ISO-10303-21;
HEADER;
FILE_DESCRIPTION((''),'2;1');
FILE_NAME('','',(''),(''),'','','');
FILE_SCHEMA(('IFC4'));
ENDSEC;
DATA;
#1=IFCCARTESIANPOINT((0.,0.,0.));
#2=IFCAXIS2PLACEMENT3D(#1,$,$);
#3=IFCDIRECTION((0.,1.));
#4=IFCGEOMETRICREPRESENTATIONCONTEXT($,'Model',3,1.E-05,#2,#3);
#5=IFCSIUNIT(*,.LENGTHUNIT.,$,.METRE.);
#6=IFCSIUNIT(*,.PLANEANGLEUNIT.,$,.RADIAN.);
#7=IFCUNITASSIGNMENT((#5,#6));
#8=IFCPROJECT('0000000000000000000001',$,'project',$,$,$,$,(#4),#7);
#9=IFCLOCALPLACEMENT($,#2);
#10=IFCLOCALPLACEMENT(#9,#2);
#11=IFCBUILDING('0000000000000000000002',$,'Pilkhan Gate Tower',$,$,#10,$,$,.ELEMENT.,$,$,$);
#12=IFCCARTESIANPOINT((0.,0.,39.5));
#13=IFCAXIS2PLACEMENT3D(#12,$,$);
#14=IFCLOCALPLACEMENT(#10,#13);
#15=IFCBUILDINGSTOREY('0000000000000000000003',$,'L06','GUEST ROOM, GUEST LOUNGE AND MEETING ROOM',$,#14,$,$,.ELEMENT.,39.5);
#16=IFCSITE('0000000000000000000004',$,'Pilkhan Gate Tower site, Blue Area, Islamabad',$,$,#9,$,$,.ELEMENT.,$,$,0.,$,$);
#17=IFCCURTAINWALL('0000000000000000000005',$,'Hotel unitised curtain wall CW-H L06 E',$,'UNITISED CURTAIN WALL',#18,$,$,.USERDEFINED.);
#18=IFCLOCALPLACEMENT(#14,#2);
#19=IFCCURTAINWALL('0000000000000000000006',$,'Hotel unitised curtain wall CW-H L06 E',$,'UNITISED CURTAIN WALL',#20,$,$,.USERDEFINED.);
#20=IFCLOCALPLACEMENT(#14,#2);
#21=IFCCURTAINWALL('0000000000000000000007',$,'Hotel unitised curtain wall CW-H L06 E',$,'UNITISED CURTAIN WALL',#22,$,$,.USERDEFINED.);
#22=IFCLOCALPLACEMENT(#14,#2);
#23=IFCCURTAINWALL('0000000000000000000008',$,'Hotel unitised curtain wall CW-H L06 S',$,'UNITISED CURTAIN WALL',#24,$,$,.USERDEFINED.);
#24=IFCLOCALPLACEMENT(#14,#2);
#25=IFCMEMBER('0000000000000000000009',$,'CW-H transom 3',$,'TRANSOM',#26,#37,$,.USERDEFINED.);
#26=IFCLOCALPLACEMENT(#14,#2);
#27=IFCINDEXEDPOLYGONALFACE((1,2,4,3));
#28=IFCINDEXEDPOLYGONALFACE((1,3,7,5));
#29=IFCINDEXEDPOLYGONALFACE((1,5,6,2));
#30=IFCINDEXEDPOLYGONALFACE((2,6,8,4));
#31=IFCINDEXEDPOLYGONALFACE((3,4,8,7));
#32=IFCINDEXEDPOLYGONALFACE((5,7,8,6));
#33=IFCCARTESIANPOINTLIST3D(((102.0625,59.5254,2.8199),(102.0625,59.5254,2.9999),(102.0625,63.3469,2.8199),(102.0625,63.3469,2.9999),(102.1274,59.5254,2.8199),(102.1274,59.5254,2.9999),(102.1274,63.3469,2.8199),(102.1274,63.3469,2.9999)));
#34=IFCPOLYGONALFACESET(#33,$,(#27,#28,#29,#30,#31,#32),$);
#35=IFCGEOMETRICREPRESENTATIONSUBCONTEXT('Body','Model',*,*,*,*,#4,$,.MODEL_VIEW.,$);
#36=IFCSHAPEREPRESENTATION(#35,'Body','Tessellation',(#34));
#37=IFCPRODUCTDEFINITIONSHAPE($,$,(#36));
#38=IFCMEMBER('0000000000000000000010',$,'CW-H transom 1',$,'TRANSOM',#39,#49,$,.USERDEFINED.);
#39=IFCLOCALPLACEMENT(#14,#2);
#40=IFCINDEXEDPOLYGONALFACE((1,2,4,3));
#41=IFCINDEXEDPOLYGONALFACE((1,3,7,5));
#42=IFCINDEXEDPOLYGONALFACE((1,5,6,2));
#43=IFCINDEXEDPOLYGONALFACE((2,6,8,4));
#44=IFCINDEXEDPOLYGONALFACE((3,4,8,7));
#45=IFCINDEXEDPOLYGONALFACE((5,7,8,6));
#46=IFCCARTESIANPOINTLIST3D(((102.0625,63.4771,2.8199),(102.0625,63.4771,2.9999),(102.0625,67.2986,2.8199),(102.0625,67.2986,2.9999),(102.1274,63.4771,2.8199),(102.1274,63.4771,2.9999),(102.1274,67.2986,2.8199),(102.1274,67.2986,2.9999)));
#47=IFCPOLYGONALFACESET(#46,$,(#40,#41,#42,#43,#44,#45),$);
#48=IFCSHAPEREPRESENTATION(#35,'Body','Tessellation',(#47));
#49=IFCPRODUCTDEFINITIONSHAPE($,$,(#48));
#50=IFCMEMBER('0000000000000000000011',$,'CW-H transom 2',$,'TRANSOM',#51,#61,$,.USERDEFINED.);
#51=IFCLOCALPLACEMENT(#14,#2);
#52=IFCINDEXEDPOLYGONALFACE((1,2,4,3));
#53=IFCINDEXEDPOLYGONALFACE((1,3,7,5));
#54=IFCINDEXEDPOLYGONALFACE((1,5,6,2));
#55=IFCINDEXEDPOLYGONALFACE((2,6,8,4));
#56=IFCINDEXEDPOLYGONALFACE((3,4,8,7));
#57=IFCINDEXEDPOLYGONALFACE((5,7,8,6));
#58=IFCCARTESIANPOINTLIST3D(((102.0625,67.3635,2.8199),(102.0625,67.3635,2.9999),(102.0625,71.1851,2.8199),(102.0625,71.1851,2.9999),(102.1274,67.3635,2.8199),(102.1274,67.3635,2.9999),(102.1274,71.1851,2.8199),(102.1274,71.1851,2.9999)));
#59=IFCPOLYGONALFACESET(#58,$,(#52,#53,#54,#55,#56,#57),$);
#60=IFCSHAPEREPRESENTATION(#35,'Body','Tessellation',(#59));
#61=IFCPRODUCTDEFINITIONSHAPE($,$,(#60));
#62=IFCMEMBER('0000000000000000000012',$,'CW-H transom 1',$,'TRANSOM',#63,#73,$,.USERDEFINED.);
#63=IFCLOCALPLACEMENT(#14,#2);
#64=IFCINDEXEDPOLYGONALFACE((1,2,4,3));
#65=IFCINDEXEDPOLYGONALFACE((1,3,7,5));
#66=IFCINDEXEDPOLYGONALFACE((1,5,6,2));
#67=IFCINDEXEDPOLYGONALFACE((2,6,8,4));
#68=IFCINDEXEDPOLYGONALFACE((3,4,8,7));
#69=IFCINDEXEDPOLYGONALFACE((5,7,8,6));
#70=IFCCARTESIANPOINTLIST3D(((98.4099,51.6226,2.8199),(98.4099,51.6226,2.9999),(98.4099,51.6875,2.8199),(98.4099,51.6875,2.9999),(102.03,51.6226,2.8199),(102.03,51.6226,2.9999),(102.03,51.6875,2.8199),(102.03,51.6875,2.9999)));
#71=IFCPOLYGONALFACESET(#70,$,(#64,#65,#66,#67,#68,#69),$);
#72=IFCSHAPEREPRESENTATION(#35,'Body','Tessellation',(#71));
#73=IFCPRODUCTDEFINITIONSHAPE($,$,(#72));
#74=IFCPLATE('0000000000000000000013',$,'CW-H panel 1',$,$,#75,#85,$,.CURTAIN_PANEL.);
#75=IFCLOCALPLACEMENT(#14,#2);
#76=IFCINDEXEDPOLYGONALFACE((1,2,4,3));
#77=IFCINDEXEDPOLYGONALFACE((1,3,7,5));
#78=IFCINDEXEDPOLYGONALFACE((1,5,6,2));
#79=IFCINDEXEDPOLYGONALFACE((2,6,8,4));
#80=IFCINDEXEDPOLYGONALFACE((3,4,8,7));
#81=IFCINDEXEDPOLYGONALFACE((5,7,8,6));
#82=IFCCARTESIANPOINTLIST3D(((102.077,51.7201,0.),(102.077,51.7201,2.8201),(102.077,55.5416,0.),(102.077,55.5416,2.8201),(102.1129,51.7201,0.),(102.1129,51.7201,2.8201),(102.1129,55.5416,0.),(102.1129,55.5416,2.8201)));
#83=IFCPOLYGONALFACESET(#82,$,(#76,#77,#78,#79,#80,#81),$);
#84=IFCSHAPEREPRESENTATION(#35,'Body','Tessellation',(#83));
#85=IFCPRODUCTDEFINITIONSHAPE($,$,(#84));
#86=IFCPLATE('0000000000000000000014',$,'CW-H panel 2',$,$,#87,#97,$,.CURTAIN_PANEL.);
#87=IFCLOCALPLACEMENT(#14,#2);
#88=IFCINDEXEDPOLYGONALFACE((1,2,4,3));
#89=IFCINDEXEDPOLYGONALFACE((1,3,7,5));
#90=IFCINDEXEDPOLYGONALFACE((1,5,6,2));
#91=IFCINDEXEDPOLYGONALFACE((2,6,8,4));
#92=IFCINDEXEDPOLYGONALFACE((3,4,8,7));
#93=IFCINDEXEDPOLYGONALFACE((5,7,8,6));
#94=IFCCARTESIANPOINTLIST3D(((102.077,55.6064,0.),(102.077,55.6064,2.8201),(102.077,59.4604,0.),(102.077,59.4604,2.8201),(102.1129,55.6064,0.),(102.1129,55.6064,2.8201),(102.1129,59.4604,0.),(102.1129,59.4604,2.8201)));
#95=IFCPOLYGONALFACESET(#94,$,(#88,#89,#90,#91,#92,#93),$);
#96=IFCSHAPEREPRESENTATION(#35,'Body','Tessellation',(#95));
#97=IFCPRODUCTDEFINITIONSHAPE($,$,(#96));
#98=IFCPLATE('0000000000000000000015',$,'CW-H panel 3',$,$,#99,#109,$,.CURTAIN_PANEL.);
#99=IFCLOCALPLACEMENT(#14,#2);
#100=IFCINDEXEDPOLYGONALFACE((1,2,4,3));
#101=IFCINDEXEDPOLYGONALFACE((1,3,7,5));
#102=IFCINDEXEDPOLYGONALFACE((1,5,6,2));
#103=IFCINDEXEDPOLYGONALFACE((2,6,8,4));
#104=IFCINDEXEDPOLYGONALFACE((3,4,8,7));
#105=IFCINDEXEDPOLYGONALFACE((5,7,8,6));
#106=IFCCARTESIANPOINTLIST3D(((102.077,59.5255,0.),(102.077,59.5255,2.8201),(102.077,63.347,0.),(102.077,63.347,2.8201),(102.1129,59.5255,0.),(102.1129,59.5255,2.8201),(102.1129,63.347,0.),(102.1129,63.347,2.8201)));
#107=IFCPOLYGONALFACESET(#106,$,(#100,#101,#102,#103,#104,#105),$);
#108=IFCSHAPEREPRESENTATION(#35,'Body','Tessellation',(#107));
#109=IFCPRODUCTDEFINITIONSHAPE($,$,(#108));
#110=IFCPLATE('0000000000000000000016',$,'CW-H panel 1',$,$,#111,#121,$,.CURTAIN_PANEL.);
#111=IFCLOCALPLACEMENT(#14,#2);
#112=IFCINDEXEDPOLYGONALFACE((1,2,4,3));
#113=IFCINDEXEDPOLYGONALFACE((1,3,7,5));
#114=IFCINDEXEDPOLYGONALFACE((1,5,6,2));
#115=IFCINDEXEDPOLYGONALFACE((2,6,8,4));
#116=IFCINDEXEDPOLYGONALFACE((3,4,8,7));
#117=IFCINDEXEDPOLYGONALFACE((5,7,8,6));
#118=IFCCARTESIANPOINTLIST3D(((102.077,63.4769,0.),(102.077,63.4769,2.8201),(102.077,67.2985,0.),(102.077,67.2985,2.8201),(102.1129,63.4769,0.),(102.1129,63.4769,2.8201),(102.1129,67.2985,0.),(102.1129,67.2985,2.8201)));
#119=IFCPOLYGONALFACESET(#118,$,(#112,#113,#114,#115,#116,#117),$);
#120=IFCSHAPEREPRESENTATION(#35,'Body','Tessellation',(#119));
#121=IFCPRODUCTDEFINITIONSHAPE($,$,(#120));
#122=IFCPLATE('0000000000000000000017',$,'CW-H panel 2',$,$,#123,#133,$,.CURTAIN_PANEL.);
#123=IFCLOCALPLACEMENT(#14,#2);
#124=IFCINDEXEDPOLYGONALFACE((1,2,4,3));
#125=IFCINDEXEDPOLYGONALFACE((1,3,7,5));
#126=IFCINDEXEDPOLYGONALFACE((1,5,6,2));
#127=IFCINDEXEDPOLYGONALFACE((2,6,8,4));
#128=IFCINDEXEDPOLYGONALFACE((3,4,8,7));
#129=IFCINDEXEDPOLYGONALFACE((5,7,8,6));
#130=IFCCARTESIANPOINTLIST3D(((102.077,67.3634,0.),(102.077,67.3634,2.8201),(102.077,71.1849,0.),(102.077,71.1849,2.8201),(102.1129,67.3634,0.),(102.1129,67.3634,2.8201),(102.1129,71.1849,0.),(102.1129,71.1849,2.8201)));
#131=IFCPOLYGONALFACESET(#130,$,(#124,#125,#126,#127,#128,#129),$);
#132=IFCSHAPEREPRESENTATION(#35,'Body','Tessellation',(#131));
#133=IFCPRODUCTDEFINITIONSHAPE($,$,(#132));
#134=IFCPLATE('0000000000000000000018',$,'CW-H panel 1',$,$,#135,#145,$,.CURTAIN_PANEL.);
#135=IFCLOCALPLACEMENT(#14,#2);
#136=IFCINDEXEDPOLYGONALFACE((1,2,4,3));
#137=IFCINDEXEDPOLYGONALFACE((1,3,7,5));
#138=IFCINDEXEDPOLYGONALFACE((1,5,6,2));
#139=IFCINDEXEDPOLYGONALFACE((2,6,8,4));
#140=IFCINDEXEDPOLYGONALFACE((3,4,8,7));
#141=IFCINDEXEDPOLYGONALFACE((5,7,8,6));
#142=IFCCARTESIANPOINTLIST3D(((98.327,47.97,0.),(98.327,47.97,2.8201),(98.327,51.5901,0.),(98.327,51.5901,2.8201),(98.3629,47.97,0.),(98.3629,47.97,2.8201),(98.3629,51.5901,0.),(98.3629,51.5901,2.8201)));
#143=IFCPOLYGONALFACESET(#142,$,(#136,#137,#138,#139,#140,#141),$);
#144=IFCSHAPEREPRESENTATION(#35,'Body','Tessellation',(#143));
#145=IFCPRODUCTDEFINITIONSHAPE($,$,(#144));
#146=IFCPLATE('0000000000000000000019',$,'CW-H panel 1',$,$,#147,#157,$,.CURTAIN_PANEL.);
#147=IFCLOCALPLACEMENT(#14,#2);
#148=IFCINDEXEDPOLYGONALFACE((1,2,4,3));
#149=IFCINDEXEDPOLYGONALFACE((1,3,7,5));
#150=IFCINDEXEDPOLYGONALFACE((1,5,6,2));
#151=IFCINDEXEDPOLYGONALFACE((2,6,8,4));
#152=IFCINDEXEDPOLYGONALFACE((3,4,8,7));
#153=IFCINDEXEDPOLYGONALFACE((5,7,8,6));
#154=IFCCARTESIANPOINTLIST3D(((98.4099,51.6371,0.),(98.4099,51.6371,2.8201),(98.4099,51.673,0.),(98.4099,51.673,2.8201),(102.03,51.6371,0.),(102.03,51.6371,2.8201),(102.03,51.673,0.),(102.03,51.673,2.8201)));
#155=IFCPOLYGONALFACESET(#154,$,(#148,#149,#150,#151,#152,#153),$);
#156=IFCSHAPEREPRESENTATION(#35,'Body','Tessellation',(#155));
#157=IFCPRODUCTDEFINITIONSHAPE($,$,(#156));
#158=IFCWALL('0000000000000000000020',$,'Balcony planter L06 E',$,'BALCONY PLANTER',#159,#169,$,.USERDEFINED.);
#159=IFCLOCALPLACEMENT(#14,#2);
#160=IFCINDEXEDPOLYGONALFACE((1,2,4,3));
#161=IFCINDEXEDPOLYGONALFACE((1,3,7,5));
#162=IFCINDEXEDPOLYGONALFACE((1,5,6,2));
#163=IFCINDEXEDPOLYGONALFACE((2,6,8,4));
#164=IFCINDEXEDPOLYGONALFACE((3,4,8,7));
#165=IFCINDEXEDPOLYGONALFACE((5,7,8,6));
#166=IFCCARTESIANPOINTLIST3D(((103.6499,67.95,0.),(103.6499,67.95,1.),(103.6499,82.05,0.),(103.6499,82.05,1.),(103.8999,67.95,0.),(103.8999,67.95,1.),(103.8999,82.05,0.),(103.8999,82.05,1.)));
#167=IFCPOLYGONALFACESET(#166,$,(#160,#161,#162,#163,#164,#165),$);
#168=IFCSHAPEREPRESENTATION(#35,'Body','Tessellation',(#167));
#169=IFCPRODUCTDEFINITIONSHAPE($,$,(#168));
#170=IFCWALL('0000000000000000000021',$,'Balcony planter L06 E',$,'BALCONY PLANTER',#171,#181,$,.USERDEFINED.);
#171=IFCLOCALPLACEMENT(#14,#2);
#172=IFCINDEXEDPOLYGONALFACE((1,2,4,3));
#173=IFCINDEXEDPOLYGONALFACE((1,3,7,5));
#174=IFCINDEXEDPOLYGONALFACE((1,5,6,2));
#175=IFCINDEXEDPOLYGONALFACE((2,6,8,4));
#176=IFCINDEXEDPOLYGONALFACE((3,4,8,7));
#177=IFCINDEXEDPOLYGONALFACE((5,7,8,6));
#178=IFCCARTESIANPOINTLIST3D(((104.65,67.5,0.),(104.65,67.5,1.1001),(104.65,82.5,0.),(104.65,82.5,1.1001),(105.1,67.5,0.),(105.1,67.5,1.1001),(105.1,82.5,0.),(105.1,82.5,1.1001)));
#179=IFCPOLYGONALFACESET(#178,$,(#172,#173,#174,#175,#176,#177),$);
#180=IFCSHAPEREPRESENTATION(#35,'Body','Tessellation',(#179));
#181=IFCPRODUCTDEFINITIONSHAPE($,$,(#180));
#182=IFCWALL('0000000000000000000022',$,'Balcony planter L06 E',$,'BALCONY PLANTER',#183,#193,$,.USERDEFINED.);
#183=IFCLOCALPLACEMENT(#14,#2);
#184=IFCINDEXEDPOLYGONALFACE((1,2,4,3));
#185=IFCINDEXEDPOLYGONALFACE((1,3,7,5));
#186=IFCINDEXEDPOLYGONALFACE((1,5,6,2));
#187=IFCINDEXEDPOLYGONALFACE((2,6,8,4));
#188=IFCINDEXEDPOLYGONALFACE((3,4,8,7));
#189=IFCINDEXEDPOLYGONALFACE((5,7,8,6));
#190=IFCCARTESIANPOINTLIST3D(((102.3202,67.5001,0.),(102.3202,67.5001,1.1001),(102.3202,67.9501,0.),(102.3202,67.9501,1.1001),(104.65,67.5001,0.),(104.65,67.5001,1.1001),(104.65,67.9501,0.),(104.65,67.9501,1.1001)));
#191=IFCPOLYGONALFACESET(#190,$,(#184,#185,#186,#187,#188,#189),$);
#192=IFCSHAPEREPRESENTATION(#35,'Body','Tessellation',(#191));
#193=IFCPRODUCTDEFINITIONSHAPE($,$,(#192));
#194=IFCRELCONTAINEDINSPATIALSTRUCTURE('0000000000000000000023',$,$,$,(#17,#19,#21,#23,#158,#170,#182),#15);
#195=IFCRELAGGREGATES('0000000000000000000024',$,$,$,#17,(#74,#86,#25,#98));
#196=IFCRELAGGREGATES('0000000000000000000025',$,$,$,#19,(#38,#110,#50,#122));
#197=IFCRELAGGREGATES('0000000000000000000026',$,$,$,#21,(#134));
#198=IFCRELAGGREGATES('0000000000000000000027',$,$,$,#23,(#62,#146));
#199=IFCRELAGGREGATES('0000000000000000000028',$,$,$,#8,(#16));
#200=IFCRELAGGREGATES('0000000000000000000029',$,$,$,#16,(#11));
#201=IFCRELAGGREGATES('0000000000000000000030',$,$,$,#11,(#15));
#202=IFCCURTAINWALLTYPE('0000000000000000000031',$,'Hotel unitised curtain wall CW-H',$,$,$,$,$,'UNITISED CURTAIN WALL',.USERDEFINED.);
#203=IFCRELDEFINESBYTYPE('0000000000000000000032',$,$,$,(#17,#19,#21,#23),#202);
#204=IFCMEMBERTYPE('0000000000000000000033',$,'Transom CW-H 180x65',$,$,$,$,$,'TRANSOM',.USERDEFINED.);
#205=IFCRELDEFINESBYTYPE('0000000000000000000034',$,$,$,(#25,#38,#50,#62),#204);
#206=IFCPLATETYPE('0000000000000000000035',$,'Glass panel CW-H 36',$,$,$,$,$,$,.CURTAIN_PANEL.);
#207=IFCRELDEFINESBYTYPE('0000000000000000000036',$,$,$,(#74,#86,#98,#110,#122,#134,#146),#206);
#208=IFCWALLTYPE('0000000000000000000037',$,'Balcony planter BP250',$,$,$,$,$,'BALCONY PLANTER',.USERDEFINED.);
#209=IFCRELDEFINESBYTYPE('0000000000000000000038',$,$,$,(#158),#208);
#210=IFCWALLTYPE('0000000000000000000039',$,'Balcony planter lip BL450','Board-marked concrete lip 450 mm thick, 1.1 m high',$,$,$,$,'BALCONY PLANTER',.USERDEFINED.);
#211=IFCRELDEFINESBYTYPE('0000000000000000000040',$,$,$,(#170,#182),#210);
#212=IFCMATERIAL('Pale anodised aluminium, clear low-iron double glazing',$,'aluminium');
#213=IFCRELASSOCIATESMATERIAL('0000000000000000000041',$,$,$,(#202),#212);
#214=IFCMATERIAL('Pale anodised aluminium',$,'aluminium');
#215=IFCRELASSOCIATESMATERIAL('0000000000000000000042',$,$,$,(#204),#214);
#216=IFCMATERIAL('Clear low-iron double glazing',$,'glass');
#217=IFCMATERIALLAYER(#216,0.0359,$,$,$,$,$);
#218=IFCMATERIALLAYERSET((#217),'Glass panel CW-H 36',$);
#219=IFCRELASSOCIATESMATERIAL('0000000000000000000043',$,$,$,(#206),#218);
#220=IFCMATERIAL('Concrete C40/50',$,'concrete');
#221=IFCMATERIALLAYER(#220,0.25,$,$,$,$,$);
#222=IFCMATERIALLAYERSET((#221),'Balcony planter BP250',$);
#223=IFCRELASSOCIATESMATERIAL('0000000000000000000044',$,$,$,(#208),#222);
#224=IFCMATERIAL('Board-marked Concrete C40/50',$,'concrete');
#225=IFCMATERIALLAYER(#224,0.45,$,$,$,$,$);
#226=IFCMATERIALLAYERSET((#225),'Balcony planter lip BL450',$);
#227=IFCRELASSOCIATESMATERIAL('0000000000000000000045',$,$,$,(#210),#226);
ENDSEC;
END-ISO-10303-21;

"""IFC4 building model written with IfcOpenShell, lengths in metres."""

from ifc_helpers import new_model, si_unit, direction, frame, frame_2d, origin, origin_2d, place, context, subcontext, project, spatial, rectangle, extrude, material, layer, layer_set, material_profile, profile_set, type_object, element, aggregate, save


model = new_model("IFC4")

# Units and contexts
model_context = context("Model", 3, precision=1e-05, world=origin(), true_north=direction((0.0, 1.0)))
body_context = subcontext(model_context, "Body", "Model", "MODEL_VIEW")
ifc_project = project(units=[si_unit("LENGTHUNIT", "METRE"), si_unit("PLANEANGLEUNIT", "RADIAN")], contexts=[model_context])

# Site, building, storey
site_placement = place(None, origin())
site = spatial("IfcSite", under=ifc_project, at=site_placement, Name="Pilkhan Gate Tower site, Blue Area, Islamabad", CompositionType="ELEMENT", RefElevation=0.0)
building_placement = place(site_placement, origin())
building = spatial("IfcBuilding", under=site, at=building_placement, Name="Pilkhan Gate Tower", CompositionType="ELEMENT")
storey_placement = place(building_placement, frame((0.0, 0.0, 39.5)))
storey = spatial("IfcBuildingStorey", under=building, at=storey_placement, Name="L06", Description="GUEST ROOM, GUEST LOUNGE AND MEETING ROOM", CompositionType="ELEMENT", Elevation=39.5)

# Curtain walls
ifc_material_1 = material(Name="Pale anodised aluminium, clear low-iron double glazing", Category="aluminium")
curtain_wall_type = type_object("IfcCurtainWallType", Name="Hotel unitised curtain wall CW-H", ElementType="UNITISED CURTAIN WALL", PredefinedType="USERDEFINED", material=ifc_material_1)
curtain_wall_1_placement = place(storey_placement, origin())
curtain_wall_1 = element("IfcCurtainWall", 1, at=curtain_wall_1_placement, inside=storey, type_object=curtain_wall_type, Name="Hotel unitised curtain wall CW-H L06 E", ObjectType="UNITISED CURTAIN WALL", PredefinedType="USERDEFINED")
ifc_material_2 = material(Name="Pale anodised aluminium", Category="aluminium")
curtain_wall_2_placement = place(storey_placement, origin())
curtain_wall_2 = element("IfcCurtainWall", 2, at=curtain_wall_2_placement, inside=storey, type_object=curtain_wall_type, Name="Hotel unitised curtain wall CW-H L06 E", ObjectType="UNITISED CURTAIN WALL", PredefinedType="USERDEFINED")

# Curtain wall
curtain_wall_3_placement = place(storey_placement, origin())
curtain_wall_3 = element("IfcCurtainWall", 3, at=curtain_wall_3_placement, inside=storey, type_object=curtain_wall_type, Name="Hotel unitised curtain wall CW-H L06 E", ObjectType="UNITISED CURTAIN WALL", PredefinedType="USERDEFINED")

# Curtain wall
curtain_wall_4_placement = place(storey_placement, origin())
curtain_wall_4 = element("IfcCurtainWall", 4, at=curtain_wall_4_placement, inside=storey, type_object=curtain_wall_type, Name="Hotel unitised curtain wall CW-H L06 S", ObjectType="UNITISED CURTAIN WALL", PredefinedType="USERDEFINED")

# Members
ifc_material_profile_1 = material_profile(ifc_material_2, rectangle(XDim=0.0649, YDim=0.1799, at=origin_2d()), Name="Transom 180x65")
ifc_profile_set_1 = profile_set([ifc_material_profile_1], Name="Pale anodised aluminium")
member_type_1 = type_object("IfcMemberType", Name="Transom CW-H 180x65", ElementType="TRANSOM", PredefinedType="USERDEFINED", material=ifc_profile_set_1)
member_1_placement = place(storey_placement, frame((102.095, 59.5254, 2.9099), z_axis=(0.0, 1.0, 0.0), x_axis=(-1.0, 0.0, 0.0)))
member_1 = element("IfcMember", 5, at=member_1_placement, type_object=member_type_1, Name="CW-H transom 3", ObjectType="TRANSOM", PredefinedType="USERDEFINED", context=body_context, shape_type="SweptSolid", body=[
    extrude(rectangle(XDim=0.0649, YDim=0.1799, at=origin_2d()), origin(), (0.0, 0.0, 1.0), 3.8215),
])
member_2_placement = place(storey_placement, frame((102.095, 63.4771, 2.9099), z_axis=(0.0, 1.0, 0.0), x_axis=(-1.0, 0.0, 0.0)))
member_2 = element("IfcMember", 6, at=member_2_placement, type_object=member_type_1, Name="CW-H transom 1", ObjectType="TRANSOM", PredefinedType="USERDEFINED", context=body_context, shape_type="SweptSolid", body=[
    extrude(rectangle(XDim=0.0649, YDim=0.1799, at=origin_2d()), origin(), (0.0, 0.0, 1.0), 3.8215),
])
member_3_placement = place(storey_placement, frame((102.095, 67.3635, 2.9099), z_axis=(0.0, 1.0, 0.0), x_axis=(-1.0, 0.0, 0.0)))
member_3 = element("IfcMember", 7, at=member_3_placement, type_object=member_type_1, Name="CW-H transom 2", ObjectType="TRANSOM", PredefinedType="USERDEFINED", context=body_context, shape_type="SweptSolid", body=[
    extrude(rectangle(XDim=0.0649, YDim=0.1799, at=origin_2d()), origin(), (0.0, 0.0, 1.0), 3.8215),
])
member_4_placement = place(storey_placement, frame((98.4099, 51.655, 2.9099), z_axis=(1.0, 0.0, 0.0), x_axis=(0.0, 1.0, 0.0)))
member_4 = element("IfcMember", 8, at=member_4_placement, type_object=member_type_1, Name="CW-H transom 1", ObjectType="TRANSOM", PredefinedType="USERDEFINED", context=body_context, shape_type="SweptSolid", body=[
    extrude(rectangle(XDim=0.0649, YDim=0.1799, at=origin_2d()), origin(), (0.0, 0.0, 1.0), 3.6201),
])

# Plates
ifc_material_3 = material(Name="Clear low-iron double glazing", Category="glass")
ifc_layer_1 = layer(ifc_material_3, 0.0359)
ifc_layer_set_1 = layer_set([ifc_layer_1], Name="Glass panel CW-H 36")
plate_type = type_object("IfcPlateType", Name="Glass panel CW-H 36", PredefinedType="CURTAIN_PANEL", material=ifc_layer_set_1)
plate_1_placement = place(storey_placement, frame((102.095, 53.6309, 0.0), z_axis=(0.0, 0.0, 1.0), x_axis=(0.0, 1.0, 0.0)))
plate_1 = element("IfcPlate", 9, at=plate_1_placement, type_object=plate_type, Name="CW-H panel 1", PredefinedType="CURTAIN_PANEL", context=body_context, shape_type="SweptSolid", body=[
    extrude(rectangle(XDim=3.8215, YDim=0.0359, at=origin_2d()), origin(), (0.0, 0.0, 1.0), 2.8201),
])
plate_2_placement = place(storey_placement, frame((102.095, 57.5334, 0.0), z_axis=(0.0, 0.0, 1.0), x_axis=(0.0, 1.0, 0.0)))
plate_2 = element("IfcPlate", 10, at=plate_2_placement, type_object=plate_type, Name="CW-H panel 2", PredefinedType="CURTAIN_PANEL", context=body_context, shape_type="SweptSolid", body=[
    extrude(rectangle(XDim=3.854, YDim=0.0359, at=origin_2d()), origin(), (0.0, 0.0, 1.0), 2.8201),
])
plate_3_placement = place(storey_placement, frame((102.095, 61.4363, 0.0), z_axis=(0.0, 0.0, 1.0), x_axis=(0.0, 1.0, 0.0)))
plate_3 = element("IfcPlate", 11, at=plate_3_placement, type_object=plate_type, Name="CW-H panel 3", PredefinedType="CURTAIN_PANEL", context=body_context, shape_type="SweptSolid", body=[
    extrude(rectangle(XDim=3.8215, YDim=0.0359, at=origin_2d()), origin(), (0.0, 0.0, 1.0), 2.8201),
])
aggregate(curtain_wall_1, [plate_1, plate_2, member_1, plate_3])
plate_4_placement = place(storey_placement, frame((102.095, 65.3877, 0.0), z_axis=(0.0, 0.0, 1.0), x_axis=(0.0, 1.0, 0.0)))
plate_4 = element("IfcPlate", 12, at=plate_4_placement, type_object=plate_type, Name="CW-H panel 1", PredefinedType="CURTAIN_PANEL", context=body_context, shape_type="SweptSolid", body=[
    extrude(rectangle(XDim=3.8215, YDim=0.0359, at=origin_2d()), origin(), (0.0, 0.0, 1.0), 2.8201),
])
plate_5_placement = place(storey_placement, frame((102.095, 69.2742, 0.0), z_axis=(0.0, 0.0, 1.0), x_axis=(0.0, 1.0, 0.0)))
plate_5 = element("IfcPlate", 13, at=plate_5_placement, type_object=plate_type, Name="CW-H panel 2", PredefinedType="CURTAIN_PANEL", context=body_context, shape_type="SweptSolid", body=[
    extrude(rectangle(XDim=3.8215, YDim=0.0359, at=origin_2d()), origin(), (0.0, 0.0, 1.0), 2.8201),
])
aggregate(curtain_wall_2, [member_2, plate_4, member_3, plate_5])
plate_6_placement = place(storey_placement, frame((98.345, 49.78, 0.0), z_axis=(0.0, 0.0, 1.0), x_axis=(0.0, 1.0, 0.0)))
plate_6 = element("IfcPlate", 14, at=plate_6_placement, type_object=plate_type, Name="CW-H panel 1", PredefinedType="CURTAIN_PANEL", context=body_context, shape_type="SweptSolid", body=[
    extrude(rectangle(XDim=3.6201, YDim=0.0359, at=origin_2d()), origin(), (0.0, 0.0, 1.0), 2.8201),
])
aggregate(curtain_wall_3, [plate_6])
plate_7_placement = place(storey_placement, frame((100.22, 51.655, 0.0), z_axis=(0.0, 0.0, 1.0), x_axis=(1.0, 0.0, 0.0)))
plate_7 = element("IfcPlate", 15, at=plate_7_placement, type_object=plate_type, Name="CW-H panel 1", PredefinedType="CURTAIN_PANEL", context=body_context, shape_type="SweptSolid", body=[
    extrude(rectangle(XDim=3.6201, YDim=0.0359, at=origin_2d()), origin(), (0.0, 0.0, 1.0), 2.8201),
])
aggregate(curtain_wall_4, [member_4, plate_7])

# Walls
ifc_material_4 = material(Name="Concrete C40/50", Category="concrete")
ifc_layer_2 = layer(ifc_material_4, 0.25)
ifc_layer_set_2 = layer_set([ifc_layer_2], Name="Balcony planter BP250")
wall_type_1 = type_object("IfcWallType", Name="Balcony planter BP250", ElementType="BALCONY PLANTER", PredefinedType="USERDEFINED", material=ifc_layer_set_2)
wall_1_placement = place(storey_placement, frame((103.7749, 67.95, 0.0), z_axis=(0.0, 0.0, 1.0), x_axis=(0.0, 1.0, 0.0)))
element("IfcWall", 16, at=wall_1_placement, inside=storey, type_object=wall_type_1, Name="Balcony planter L06 E", ObjectType="BALCONY PLANTER", PredefinedType="USERDEFINED", context=body_context, shape_type="SweptSolid", body=[
    extrude(rectangle(XDim=14.1001, YDim=0.25, at=frame_2d((7.05, 0.0))), origin(), (0.0, 0.0, 1.0), 1.0),
])
ifc_material_5 = material(Name="Board-marked Concrete C40/50", Category="concrete")
ifc_layer_3 = layer(ifc_material_5, 0.45)
ifc_layer_set_3 = layer_set([ifc_layer_3], Name="Balcony planter lip BL450")
wall_type_2 = type_object("IfcWallType", Name="Balcony planter lip BL450", Description="Board-marked concrete lip 450 mm thick, 1.1 m high", ElementType="BALCONY PLANTER", PredefinedType="USERDEFINED", material=ifc_layer_set_3)
wall_2_placement = place(storey_placement, frame((104.875, 67.5, 0.0), z_axis=(0.0, 0.0, 1.0), x_axis=(0.0, 1.0, 0.0)))
element("IfcWall", 17, at=wall_2_placement, inside=storey, type_object=wall_type_2, Name="Balcony planter L06 E", ObjectType="BALCONY PLANTER", PredefinedType="USERDEFINED", context=body_context, shape_type="SweptSolid", body=[
    extrude(rectangle(XDim=15.0, YDim=0.45, at=frame_2d((7.5, 0.0))), origin(), (0.0, 0.0, 1.0), 1.1001),
])
wall_3_placement = place(storey_placement, frame((102.3201, 67.7251, 0.0), z_axis=(0.0, 0.0, 1.0), x_axis=(1.0, 0.0, 0.0)))
element("IfcWall", 18, at=wall_3_placement, inside=storey, type_object=wall_type_2, Name="Balcony planter L06 E", ObjectType="BALCONY PLANTER", PredefinedType="USERDEFINED", context=body_context, shape_type="SweptSolid", body=[
    extrude(rectangle(XDim=2.3298, YDim=0.45, at=frame_2d((1.165, 0.0))), origin(), (0.0, 0.0, 1.0), 1.1001),
])

save(model, "model.ifc")
